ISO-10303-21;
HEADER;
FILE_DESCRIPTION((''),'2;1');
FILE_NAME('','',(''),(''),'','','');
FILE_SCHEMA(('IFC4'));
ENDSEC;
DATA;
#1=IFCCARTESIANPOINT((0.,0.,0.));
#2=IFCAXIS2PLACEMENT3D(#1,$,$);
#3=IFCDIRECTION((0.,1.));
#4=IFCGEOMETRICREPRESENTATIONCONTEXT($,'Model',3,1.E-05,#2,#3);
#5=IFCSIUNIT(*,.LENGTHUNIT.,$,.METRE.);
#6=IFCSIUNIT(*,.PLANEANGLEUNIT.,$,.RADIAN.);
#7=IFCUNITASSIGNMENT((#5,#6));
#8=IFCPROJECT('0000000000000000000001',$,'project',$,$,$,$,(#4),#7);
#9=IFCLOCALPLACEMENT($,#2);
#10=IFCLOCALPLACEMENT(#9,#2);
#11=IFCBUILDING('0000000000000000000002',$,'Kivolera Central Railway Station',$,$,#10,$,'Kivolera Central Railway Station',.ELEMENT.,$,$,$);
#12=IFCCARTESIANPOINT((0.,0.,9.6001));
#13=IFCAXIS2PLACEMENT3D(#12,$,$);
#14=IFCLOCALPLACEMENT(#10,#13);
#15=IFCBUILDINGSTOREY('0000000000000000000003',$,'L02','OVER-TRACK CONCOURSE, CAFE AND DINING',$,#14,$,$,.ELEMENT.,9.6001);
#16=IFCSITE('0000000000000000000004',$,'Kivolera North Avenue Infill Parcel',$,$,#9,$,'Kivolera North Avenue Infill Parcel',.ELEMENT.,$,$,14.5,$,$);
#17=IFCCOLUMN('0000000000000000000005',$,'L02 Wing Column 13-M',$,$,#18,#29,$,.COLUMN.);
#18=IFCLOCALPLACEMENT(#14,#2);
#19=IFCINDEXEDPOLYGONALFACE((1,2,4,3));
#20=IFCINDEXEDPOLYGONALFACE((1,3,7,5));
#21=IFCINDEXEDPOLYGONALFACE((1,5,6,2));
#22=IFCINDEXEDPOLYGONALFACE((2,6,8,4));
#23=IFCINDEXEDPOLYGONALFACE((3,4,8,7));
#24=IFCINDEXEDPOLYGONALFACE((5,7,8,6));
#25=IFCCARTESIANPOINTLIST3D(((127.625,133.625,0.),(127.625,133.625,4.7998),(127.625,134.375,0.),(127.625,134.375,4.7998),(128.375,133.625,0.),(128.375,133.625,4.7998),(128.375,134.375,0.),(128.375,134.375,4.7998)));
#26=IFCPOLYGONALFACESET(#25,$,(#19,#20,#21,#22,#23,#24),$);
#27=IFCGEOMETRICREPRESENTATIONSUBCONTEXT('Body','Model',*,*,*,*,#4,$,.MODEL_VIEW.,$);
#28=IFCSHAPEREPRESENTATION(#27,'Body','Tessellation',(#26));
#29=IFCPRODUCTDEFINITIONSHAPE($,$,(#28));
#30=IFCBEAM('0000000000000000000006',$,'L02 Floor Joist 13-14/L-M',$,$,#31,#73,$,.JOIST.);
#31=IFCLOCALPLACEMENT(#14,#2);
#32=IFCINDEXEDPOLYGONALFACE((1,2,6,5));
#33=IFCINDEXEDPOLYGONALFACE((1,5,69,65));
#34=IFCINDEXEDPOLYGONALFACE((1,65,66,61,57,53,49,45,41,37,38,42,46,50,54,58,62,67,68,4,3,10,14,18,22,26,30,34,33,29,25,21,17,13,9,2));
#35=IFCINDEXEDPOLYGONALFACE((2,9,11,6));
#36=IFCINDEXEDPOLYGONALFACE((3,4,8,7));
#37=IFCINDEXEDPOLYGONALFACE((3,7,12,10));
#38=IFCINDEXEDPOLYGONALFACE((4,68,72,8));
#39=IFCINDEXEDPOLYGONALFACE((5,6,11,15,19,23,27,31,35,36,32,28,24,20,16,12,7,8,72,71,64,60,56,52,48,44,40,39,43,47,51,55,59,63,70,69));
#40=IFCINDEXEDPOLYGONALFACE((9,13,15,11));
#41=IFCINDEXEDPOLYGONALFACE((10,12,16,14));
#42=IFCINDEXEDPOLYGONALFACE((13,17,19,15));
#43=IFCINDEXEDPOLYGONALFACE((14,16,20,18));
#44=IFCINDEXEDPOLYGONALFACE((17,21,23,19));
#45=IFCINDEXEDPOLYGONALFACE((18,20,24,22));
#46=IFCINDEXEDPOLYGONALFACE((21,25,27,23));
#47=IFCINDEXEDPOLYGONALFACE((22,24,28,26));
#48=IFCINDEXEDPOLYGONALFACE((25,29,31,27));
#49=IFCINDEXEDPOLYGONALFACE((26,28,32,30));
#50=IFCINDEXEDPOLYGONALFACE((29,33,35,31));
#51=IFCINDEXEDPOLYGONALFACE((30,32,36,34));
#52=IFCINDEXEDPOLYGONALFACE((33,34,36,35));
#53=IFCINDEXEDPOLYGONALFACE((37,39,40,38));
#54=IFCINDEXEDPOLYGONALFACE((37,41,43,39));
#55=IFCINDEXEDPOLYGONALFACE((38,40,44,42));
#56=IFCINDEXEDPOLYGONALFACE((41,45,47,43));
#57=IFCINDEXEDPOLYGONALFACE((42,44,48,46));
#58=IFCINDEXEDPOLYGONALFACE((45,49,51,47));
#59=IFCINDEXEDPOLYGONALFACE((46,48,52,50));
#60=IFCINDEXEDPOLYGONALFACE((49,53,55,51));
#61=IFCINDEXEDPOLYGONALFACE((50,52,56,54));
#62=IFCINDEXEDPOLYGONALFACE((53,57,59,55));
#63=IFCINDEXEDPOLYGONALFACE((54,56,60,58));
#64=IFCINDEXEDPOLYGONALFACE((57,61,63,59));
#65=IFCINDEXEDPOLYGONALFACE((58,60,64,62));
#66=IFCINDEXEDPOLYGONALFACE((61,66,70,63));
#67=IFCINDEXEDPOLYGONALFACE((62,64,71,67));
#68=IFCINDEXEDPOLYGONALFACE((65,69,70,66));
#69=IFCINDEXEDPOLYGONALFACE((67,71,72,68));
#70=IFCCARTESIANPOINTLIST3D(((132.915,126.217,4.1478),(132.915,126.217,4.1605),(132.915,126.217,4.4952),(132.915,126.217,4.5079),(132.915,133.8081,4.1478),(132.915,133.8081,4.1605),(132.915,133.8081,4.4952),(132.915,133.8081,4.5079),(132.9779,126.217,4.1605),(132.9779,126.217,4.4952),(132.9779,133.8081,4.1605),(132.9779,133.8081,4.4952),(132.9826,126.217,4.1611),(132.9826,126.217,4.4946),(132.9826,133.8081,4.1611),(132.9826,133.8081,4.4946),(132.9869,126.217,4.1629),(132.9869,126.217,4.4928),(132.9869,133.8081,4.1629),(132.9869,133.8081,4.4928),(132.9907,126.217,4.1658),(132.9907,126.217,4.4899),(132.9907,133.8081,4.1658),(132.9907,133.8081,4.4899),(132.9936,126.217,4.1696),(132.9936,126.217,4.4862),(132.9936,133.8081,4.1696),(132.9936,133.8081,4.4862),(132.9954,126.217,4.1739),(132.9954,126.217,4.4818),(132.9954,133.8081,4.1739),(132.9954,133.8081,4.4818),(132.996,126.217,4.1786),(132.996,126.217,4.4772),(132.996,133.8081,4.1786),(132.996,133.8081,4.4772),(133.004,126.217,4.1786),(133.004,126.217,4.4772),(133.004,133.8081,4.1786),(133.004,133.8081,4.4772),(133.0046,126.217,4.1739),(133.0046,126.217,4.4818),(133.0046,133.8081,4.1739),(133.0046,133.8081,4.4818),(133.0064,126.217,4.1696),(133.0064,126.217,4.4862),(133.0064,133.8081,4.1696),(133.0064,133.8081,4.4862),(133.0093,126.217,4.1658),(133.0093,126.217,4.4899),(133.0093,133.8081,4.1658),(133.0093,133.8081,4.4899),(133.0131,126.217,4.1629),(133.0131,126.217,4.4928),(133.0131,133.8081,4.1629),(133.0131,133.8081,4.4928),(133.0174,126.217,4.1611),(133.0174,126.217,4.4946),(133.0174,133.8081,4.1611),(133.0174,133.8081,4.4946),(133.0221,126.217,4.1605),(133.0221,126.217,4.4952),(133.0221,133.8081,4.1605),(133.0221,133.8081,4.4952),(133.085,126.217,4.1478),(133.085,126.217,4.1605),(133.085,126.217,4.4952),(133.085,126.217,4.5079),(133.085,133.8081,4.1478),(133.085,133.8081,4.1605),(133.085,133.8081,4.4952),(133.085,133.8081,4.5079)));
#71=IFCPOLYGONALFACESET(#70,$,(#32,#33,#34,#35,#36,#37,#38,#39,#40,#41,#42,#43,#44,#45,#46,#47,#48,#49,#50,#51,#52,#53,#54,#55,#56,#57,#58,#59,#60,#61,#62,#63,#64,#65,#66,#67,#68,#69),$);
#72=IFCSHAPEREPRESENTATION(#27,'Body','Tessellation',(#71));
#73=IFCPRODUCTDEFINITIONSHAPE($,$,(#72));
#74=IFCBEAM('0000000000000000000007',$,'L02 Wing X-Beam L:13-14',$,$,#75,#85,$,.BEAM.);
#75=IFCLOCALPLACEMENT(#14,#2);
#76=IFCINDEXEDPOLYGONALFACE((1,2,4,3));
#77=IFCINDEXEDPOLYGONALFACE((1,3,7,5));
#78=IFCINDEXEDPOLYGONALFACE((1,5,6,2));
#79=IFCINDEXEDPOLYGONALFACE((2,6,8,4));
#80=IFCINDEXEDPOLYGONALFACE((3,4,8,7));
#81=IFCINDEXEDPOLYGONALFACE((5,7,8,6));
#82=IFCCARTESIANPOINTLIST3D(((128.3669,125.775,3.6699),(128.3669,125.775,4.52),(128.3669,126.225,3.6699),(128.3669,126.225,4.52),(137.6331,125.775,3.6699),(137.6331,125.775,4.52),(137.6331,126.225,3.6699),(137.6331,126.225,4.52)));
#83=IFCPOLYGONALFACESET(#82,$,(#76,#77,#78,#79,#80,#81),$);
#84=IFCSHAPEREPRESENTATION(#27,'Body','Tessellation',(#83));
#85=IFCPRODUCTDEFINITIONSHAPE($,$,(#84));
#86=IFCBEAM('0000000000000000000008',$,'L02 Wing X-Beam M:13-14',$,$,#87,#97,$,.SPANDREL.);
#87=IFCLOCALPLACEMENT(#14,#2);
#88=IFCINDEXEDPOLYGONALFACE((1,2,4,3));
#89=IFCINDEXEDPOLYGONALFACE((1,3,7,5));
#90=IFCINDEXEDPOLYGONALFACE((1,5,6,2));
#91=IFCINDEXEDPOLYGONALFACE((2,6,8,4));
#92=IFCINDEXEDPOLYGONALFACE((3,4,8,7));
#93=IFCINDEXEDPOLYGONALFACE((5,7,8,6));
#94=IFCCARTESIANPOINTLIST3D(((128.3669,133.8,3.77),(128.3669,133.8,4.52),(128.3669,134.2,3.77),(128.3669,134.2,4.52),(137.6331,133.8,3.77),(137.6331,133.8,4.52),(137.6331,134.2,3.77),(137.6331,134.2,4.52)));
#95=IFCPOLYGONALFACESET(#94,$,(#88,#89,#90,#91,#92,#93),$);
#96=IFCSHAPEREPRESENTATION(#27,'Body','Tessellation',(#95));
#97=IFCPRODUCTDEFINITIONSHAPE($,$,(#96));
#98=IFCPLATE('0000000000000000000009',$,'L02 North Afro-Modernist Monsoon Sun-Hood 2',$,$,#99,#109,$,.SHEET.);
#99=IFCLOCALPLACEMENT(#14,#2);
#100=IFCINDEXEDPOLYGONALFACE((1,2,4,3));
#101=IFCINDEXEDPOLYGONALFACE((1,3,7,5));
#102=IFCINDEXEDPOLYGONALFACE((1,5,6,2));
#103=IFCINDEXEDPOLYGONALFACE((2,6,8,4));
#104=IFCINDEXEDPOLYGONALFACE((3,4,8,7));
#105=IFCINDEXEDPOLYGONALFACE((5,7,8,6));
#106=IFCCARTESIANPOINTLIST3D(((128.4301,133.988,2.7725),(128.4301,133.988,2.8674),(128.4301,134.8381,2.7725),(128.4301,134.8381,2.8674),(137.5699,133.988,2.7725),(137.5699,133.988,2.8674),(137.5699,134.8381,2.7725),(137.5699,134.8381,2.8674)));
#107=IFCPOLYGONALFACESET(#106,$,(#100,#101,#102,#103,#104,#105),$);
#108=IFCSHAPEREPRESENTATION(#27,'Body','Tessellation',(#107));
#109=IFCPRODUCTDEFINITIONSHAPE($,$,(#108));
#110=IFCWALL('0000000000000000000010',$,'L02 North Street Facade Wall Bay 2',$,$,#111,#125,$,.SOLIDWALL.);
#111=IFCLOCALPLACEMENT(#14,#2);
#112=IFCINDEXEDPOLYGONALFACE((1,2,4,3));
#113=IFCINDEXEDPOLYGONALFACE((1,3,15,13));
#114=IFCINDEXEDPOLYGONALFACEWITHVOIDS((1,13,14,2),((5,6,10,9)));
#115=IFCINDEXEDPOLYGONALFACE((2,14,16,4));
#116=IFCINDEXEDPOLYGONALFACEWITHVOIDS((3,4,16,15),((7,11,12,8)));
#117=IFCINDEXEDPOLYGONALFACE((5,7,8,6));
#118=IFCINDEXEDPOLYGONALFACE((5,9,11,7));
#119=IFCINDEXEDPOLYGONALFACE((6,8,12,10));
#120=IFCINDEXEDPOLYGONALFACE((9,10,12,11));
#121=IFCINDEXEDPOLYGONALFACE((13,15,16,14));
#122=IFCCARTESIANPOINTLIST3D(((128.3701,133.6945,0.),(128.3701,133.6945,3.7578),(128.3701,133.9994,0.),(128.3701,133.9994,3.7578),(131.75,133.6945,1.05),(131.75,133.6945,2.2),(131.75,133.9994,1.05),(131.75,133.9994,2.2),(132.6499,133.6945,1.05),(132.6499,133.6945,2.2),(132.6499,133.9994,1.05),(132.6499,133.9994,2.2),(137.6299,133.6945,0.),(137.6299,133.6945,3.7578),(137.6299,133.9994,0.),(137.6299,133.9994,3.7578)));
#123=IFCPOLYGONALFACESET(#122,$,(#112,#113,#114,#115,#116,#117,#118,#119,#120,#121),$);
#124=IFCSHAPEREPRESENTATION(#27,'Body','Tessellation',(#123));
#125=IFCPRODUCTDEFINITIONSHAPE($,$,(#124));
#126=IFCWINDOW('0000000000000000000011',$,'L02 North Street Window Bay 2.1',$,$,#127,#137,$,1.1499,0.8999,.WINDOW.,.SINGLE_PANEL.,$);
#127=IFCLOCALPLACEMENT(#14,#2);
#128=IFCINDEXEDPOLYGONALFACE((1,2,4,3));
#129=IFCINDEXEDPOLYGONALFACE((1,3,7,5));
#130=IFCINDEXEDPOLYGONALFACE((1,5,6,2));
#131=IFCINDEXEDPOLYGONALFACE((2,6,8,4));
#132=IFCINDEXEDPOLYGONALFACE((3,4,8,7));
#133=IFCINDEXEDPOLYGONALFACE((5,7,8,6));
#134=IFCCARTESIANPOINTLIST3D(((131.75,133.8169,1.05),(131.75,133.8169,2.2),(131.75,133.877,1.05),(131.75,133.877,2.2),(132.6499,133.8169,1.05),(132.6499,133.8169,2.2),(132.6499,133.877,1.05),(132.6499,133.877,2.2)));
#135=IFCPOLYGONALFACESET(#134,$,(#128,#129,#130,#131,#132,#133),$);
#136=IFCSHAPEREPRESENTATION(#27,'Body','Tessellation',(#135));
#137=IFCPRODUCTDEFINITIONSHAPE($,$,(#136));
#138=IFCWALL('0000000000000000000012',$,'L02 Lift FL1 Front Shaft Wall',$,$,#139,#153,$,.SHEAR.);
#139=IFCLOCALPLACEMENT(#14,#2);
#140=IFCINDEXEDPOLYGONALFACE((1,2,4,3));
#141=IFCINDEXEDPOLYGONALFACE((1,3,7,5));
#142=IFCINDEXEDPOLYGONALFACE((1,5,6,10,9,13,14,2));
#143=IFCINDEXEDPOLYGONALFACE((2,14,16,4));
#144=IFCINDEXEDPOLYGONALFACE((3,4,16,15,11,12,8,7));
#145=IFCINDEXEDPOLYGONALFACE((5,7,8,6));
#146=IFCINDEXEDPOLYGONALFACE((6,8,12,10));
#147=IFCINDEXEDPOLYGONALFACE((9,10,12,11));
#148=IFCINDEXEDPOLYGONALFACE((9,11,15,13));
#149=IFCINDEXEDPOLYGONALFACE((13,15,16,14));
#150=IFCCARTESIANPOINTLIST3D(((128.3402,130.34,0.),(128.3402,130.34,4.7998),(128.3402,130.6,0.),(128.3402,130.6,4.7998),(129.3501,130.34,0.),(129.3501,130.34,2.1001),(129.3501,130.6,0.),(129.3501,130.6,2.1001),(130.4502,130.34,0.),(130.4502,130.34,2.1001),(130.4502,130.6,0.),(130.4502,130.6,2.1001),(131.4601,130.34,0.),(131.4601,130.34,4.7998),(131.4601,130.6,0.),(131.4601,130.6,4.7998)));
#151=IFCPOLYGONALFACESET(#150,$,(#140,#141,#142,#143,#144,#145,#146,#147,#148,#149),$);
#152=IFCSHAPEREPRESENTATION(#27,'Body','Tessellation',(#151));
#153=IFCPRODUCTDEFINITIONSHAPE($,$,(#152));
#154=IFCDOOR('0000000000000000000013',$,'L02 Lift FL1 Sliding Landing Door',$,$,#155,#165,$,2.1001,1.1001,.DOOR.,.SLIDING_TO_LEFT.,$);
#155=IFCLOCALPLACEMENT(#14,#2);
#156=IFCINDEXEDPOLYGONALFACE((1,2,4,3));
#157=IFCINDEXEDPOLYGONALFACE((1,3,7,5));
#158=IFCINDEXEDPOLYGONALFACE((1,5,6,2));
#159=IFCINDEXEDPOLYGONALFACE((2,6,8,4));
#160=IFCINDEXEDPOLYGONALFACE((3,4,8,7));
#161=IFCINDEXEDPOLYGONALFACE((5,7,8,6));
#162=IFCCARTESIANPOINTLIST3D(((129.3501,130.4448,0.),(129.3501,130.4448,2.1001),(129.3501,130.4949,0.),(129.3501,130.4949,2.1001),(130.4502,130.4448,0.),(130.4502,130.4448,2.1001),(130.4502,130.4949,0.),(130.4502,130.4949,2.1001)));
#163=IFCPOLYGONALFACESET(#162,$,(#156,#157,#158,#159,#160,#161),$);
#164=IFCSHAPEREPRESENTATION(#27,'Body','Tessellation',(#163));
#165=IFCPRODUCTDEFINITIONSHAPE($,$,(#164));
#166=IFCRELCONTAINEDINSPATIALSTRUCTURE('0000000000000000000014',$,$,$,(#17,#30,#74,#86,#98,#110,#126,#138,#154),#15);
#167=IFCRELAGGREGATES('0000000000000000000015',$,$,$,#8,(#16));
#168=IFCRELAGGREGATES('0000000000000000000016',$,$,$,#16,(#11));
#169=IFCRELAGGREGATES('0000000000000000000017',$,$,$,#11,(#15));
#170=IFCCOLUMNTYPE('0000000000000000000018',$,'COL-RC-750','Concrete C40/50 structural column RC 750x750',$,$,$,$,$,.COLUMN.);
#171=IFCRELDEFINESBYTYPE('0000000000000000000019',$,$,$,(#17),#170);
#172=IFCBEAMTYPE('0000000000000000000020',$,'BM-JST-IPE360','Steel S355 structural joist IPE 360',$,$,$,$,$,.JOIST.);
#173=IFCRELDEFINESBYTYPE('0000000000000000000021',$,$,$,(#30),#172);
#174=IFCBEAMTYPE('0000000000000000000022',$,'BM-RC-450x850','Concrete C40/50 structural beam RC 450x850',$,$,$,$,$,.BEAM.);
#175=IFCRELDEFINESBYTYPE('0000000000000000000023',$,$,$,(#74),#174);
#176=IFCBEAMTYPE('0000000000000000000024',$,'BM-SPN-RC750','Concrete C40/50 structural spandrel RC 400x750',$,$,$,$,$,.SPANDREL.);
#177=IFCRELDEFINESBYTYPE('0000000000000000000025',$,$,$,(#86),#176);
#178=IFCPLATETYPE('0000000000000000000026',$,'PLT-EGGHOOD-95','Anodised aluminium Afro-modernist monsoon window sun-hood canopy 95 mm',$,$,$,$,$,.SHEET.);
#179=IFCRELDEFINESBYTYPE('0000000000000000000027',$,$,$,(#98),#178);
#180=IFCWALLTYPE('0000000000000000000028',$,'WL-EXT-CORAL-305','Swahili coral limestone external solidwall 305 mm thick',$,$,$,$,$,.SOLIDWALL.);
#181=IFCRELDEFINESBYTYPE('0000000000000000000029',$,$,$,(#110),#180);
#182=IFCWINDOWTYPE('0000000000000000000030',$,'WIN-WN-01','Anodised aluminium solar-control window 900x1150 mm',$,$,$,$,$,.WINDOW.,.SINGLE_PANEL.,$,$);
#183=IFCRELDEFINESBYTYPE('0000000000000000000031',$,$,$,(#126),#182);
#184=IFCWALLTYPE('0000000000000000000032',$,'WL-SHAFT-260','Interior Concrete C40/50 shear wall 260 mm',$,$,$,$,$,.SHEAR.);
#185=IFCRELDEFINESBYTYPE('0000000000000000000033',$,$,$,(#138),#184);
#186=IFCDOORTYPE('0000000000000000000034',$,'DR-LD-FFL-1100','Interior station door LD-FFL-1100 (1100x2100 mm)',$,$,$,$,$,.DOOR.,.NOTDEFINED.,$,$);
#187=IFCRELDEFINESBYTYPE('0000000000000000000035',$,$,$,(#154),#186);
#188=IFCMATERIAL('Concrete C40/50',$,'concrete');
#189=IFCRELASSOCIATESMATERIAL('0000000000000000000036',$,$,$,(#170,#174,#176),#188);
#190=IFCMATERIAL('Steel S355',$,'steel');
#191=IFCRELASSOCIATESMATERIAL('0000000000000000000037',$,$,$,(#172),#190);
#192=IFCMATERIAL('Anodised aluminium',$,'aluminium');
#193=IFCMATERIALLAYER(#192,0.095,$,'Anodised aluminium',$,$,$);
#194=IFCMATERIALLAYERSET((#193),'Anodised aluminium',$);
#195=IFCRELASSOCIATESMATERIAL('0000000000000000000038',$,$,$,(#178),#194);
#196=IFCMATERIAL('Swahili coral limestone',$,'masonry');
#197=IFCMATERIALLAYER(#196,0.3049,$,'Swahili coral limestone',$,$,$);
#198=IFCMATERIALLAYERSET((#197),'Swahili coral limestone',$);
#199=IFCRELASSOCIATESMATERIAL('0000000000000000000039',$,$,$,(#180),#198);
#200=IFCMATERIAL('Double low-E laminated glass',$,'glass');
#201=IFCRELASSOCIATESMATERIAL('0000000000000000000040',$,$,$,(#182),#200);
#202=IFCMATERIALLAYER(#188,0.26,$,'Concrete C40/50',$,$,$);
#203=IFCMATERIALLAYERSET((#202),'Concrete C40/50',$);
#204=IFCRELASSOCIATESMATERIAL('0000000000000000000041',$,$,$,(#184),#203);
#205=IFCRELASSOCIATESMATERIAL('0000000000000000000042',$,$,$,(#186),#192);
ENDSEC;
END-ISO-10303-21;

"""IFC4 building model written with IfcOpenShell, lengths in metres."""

from ifc_helpers import new_model, si_unit, direction, frame, frame_2d, origin, origin_2d, place, context, subcontext, project, spatial, rectangle, i_section, extrude, material, layer, layer_set, material_profile, profile_set, type_object, element, fill, save


model = new_model("IFC4")

# Units and contexts
model_context = context("Model", 3, precision=1e-05, world=origin(), true_north=direction((0.0, 1.0)))
body_context = subcontext(model_context, "Body", "Model", "MODEL_VIEW")
ifc_project = project(units=[si_unit("LENGTHUNIT", "METRE"), si_unit("PLANEANGLEUNIT", "RADIAN")], contexts=[model_context])

# Site, building, storey
site_placement = place(None, origin())
site = spatial("IfcSite", under=ifc_project, at=site_placement, Name="Kivolera North Avenue Infill Parcel", LongName="Kivolera North Avenue Infill Parcel", CompositionType="ELEMENT", RefElevation=14.5)
building_placement = place(site_placement, origin())
building = spatial("IfcBuilding", under=site, at=building_placement, Name="Kivolera Central Railway Station", LongName="Kivolera Central Railway Station", CompositionType="ELEMENT")
storey_placement = place(building_placement, frame((0.0, 0.0, 9.6001)))
storey = spatial("IfcBuildingStorey", under=building, at=storey_placement, Name="L02", Description="OVER-TRACK CONCOURSE, CAFE AND DINING", CompositionType="ELEMENT", Elevation=9.6001)

# Column
ifc_material_1 = material(Name="Concrete C40/50", Category="concrete")
ifc_material_profile_1 = material_profile(ifc_material_1, rectangle(XDim=0.75, YDim=0.75, at=origin_2d()), Name="RC 750x750")
ifc_profile_set_1 = profile_set([ifc_material_profile_1], Name="Concrete C40/50")
column_type = type_object("IfcColumnType", Name="COL-RC-750", Description="Concrete C40/50 structural column RC 750x750", PredefinedType="COLUMN", material=ifc_profile_set_1)
column_placement = place(storey_placement, frame((128.0, 134.0, 0.0), z_axis=(0.0, 0.0, 1.0), x_axis=(1.0, 0.0, 0.0)))
element("IfcColumn", 1, at=column_placement, inside=storey, type_object=column_type, Name="L02 Wing Column 13-M", PredefinedType="COLUMN", context=body_context, shape_type="SweptSolid", body=[
    extrude(rectangle(XDim=0.75, YDim=0.75, at=origin_2d()), origin(), (0.0, 0.0, 1.0), 4.7998),
])

# Beams
ifc_material_2 = material(Name="Steel S355", Category="steel")
ifc_material_profile_2 = material_profile(ifc_material_2, i_section(OverallWidth=0.1699, OverallDepth=0.3601, WebThickness=0.0081, FlangeThickness=0.0127, FilletRadius=0.0181, at=origin_2d()), Name="IPE 360")
ifc_profile_set_2 = profile_set([ifc_material_profile_2], Name="Steel S355")
beam_type_1 = type_object("IfcBeamType", Name="BM-JST-IPE360", Description="Steel S355 structural joist IPE 360", PredefinedType="JOIST", material=ifc_profile_set_2)
beam_1_placement = place(storey_placement, frame((133.0, 126.217, 4.3279), z_axis=(0.0, 1.0, 0.0), x_axis=(-1.0, 0.0, 0.0)))
element("IfcBeam", 2, at=beam_1_placement, inside=storey, type_object=beam_type_1, Name="L02 Floor Joist 13-14/L-M", PredefinedType="JOIST", context=body_context, shape_type="SweptSolid", body=[
    extrude(i_section(OverallWidth=0.1699, OverallDepth=0.3601, WebThickness=0.0081, FlangeThickness=0.0127, FilletRadius=0.0181, at=origin_2d()), origin(), (0.0, 0.0, 1.0), 7.5911),
])
ifc_material_profile_3 = material_profile(ifc_material_1, rectangle(XDim=0.45, YDim=0.8501, at=origin_2d()), Name="RC 450x850")
ifc_profile_set_3 = profile_set([ifc_material_profile_3], Name="Concrete C40/50")
beam_type_2 = type_object("IfcBeamType", Name="BM-RC-450x850", Description="Concrete C40/50 structural beam RC 450x850", PredefinedType="BEAM", material=ifc_profile_set_3)
beam_2_placement = place(storey_placement, frame((128.3669, 126.0, 4.095), z_axis=(1.0, 0.0, 0.0), x_axis=(0.0, 1.0, 0.0)))
element("IfcBeam", 3, at=beam_2_placement, inside=storey, type_object=beam_type_2, Name="L02 Wing X-Beam L:13-14", PredefinedType="BEAM", context=body_context, shape_type="SweptSolid", body=[
    extrude(rectangle(XDim=0.45, YDim=0.8501, at=origin_2d()), origin(), (0.0, 0.0, 1.0), 9.2661),
])
ifc_material_profile_4 = material_profile(ifc_material_1, rectangle(XDim=0.3999, YDim=0.75, at=origin_2d()), Name="RC 400x750")
ifc_profile_set_4 = profile_set([ifc_material_profile_4], Name="Concrete C40/50")
beam_type_3 = type_object("IfcBeamType", Name="BM-SPN-RC750", Description="Concrete C40/50 structural spandrel RC 400x750", PredefinedType="SPANDREL", material=ifc_profile_set_4)
beam_3_placement = place(storey_placement, frame((128.3669, 134.0, 4.145), z_axis=(1.0, 0.0, 0.0), x_axis=(0.0, 1.0, 0.0)))
element("IfcBeam", 4, at=beam_3_placement, inside=storey, type_object=beam_type_3, Name="L02 Wing X-Beam M:13-14", PredefinedType="SPANDREL", context=body_context, shape_type="SweptSolid", body=[
    extrude(rectangle(XDim=0.3999, YDim=0.75, at=origin_2d()), origin(), (0.0, 0.0, 1.0), 9.2661),
])

# Plate
ifc_material_3 = material(Name="Anodised aluminium", Category="aluminium")
ifc_layer_1 = layer(ifc_material_3, 0.095, Name="Anodised aluminium")
ifc_layer_set_1 = layer_set([ifc_layer_1], Name="Anodised aluminium")
plate_type = type_object("IfcPlateType", Name="PLT-EGGHOOD-95", Description="Anodised aluminium Afro-modernist monsoon window sun-hood canopy 95 mm", PredefinedType="SHEET", material=ifc_layer_set_1)
plate_placement = place(storey_placement, frame((133.0, 134.4131, 2.7725), z_axis=(0.0, 0.0, 1.0), x_axis=(1.0, 0.0, 0.0)))
element("IfcPlate", 5, at=plate_placement, inside=storey, type_object=plate_type, Name="L02 North Afro-Modernist Monsoon Sun-Hood 2", PredefinedType="SHEET", context=body_context, shape_type="SweptSolid", body=[
    extrude(rectangle(XDim=9.1399, YDim=0.8501, at=origin_2d()), origin(), (0.0, 0.0, 1.0), 0.095),
])

# Wall, opening, window
ifc_material_4 = material(Name="Swahili coral limestone", Category="masonry")
ifc_layer_2 = layer(ifc_material_4, 0.3049, Name="Swahili coral limestone")
ifc_layer_set_2 = layer_set([ifc_layer_2], Name="Swahili coral limestone")
wall_type_1 = type_object("IfcWallType", Name="WL-EXT-CORAL-305", Description="Swahili coral limestone external solidwall 305 mm thick", PredefinedType="SOLIDWALL", material=ifc_layer_set_2)
wall_1_placement = place(storey_placement, frame((128.3701, 133.8469, 0.0), z_axis=(0.0, 0.0, 1.0), x_axis=(1.0, 0.0, 0.0)))
wall_1 = element("IfcWall", 6, at=wall_1_placement, inside=storey, type_object=wall_type_1, Name="L02 North Street Facade Wall Bay 2", PredefinedType="SOLIDWALL", context=body_context, shape_type="SweptSolid", body=[
    extrude(rectangle(XDim=9.2598, YDim=0.3049, at=frame_2d((4.6299, 0.0))), origin(), (0.0, 0.0, 1.0), 3.7578),
])
opening_1_placement = place(wall_1_placement, frame((3.3799, 0.0, 1.05)))
opening_1 = element("IfcOpeningElement", 7, at=opening_1_placement, cuts=wall_1, PredefinedType="OPENING", context=body_context, shape_type="SweptSolid", body=[
    extrude(rectangle(XDim=0.8999, YDim=1.1499, at=frame_2d((0.45, 0.575))), frame((0.0, 0.1624, 0.0), z_axis=(0.0, -1.0, 0.0), x_axis=(1.0, 0.0, 0.0)), (0.0, 0.0, 1.0), 0.325),
])
ifc_material_5 = material(Name="Double low-E laminated glass", Category="glass")
window_type = type_object("IfcWindowType", Name="WIN-WN-01", Description="Anodised aluminium solar-control window 900x1150 mm", PartitioningType="SINGLE_PANEL", PredefinedType="WINDOW", material=ifc_material_5)
window_placement = place(opening_1_placement, origin())
window = element("IfcWindow", 8, at=window_placement, inside=storey, type_object=window_type, Name="L02 North Street Window Bay 2.1", OverallHeight=1.1499, OverallWidth=0.8999, PartitioningType="SINGLE_PANEL", PredefinedType="WINDOW", context=body_context, shape_type="SweptSolid", body=[
    extrude(rectangle(XDim=0.8999, YDim=1.1499, at=frame_2d((0.45, 0.575))), frame((0.0, 0.03, 0.0), z_axis=(0.0, -1.0, 0.0), x_axis=(1.0, 0.0, 0.0)), (0.0, 0.0, 1.0), 0.0601),
])
fill(opening_1, window)

# Wall, opening, door
ifc_layer_3 = layer(ifc_material_1, 0.26, Name="Concrete C40/50")
ifc_layer_set_3 = layer_set([ifc_layer_3], Name="Concrete C40/50")
wall_type_2 = type_object("IfcWallType", Name="WL-SHAFT-260", Description="Interior Concrete C40/50 shear wall 260 mm", PredefinedType="SHEAR", material=ifc_layer_set_3)
wall_2_placement = place(storey_placement, frame((128.3401, 130.47, 0.0), z_axis=(0.0, 0.0, 1.0), x_axis=(1.0, 0.0, 0.0)))
wall_2 = element("IfcWall", 9, at=wall_2_placement, inside=storey, type_object=wall_type_2, Name="L02 Lift FL1 Front Shaft Wall", PredefinedType="SHEAR", context=body_context, shape_type="SweptSolid", body=[
    extrude(rectangle(XDim=3.1199, YDim=0.26, at=frame_2d((1.5601, 0.0))), origin(), (0.0, 0.0, 1.0), 4.7998),
])
opening_2_placement = place(wall_2_placement, frame((1.01, 0.0, 0.0)))
opening_2 = element("IfcOpeningElement", 10, at=opening_2_placement, cuts=wall_2, PredefinedType="OPENING", context=body_context, shape_type="SweptSolid", body=[
    extrude(rectangle(XDim=1.1001, YDim=2.1001, at=frame_2d((0.55, 1.05))), frame((0.0, 0.1399, 0.0), z_axis=(0.0, -1.0, 0.0), x_axis=(1.0, 0.0, 0.0)), (0.0, 0.0, 1.0), 0.28),
])
door_type_1 = type_object("IfcDoorType", Name="DR-LD-FFL-1100", Description="Interior station door LD-FFL-1100 (1100x2100 mm)", OperationType="NOTDEFINED", PredefinedType="DOOR", material=ifc_material_3)
door_1_placement = place(opening_2_placement, origin())
door_1 = element("IfcDoor", 11, at=door_1_placement, inside=storey, type_object=door_type_1, Name="L02 Lift FL1 Sliding Landing Door", OperationType="SLIDING_TO_LEFT", OverallHeight=2.1001, OverallWidth=1.1001, PredefinedType="DOOR", context=body_context, shape_type="SweptSolid", body=[
    extrude(rectangle(XDim=1.1001, YDim=2.1001, at=frame_2d((0.55, 1.05))), frame((0.0, 0.0249, 0.0), z_axis=(0.0, -1.0, 0.0), x_axis=(1.0, 0.0, 0.0)), (0.0, 0.0, 1.0), 0.05),
])
fill(opening_2, door_1)

save(model, "model.ifc")
